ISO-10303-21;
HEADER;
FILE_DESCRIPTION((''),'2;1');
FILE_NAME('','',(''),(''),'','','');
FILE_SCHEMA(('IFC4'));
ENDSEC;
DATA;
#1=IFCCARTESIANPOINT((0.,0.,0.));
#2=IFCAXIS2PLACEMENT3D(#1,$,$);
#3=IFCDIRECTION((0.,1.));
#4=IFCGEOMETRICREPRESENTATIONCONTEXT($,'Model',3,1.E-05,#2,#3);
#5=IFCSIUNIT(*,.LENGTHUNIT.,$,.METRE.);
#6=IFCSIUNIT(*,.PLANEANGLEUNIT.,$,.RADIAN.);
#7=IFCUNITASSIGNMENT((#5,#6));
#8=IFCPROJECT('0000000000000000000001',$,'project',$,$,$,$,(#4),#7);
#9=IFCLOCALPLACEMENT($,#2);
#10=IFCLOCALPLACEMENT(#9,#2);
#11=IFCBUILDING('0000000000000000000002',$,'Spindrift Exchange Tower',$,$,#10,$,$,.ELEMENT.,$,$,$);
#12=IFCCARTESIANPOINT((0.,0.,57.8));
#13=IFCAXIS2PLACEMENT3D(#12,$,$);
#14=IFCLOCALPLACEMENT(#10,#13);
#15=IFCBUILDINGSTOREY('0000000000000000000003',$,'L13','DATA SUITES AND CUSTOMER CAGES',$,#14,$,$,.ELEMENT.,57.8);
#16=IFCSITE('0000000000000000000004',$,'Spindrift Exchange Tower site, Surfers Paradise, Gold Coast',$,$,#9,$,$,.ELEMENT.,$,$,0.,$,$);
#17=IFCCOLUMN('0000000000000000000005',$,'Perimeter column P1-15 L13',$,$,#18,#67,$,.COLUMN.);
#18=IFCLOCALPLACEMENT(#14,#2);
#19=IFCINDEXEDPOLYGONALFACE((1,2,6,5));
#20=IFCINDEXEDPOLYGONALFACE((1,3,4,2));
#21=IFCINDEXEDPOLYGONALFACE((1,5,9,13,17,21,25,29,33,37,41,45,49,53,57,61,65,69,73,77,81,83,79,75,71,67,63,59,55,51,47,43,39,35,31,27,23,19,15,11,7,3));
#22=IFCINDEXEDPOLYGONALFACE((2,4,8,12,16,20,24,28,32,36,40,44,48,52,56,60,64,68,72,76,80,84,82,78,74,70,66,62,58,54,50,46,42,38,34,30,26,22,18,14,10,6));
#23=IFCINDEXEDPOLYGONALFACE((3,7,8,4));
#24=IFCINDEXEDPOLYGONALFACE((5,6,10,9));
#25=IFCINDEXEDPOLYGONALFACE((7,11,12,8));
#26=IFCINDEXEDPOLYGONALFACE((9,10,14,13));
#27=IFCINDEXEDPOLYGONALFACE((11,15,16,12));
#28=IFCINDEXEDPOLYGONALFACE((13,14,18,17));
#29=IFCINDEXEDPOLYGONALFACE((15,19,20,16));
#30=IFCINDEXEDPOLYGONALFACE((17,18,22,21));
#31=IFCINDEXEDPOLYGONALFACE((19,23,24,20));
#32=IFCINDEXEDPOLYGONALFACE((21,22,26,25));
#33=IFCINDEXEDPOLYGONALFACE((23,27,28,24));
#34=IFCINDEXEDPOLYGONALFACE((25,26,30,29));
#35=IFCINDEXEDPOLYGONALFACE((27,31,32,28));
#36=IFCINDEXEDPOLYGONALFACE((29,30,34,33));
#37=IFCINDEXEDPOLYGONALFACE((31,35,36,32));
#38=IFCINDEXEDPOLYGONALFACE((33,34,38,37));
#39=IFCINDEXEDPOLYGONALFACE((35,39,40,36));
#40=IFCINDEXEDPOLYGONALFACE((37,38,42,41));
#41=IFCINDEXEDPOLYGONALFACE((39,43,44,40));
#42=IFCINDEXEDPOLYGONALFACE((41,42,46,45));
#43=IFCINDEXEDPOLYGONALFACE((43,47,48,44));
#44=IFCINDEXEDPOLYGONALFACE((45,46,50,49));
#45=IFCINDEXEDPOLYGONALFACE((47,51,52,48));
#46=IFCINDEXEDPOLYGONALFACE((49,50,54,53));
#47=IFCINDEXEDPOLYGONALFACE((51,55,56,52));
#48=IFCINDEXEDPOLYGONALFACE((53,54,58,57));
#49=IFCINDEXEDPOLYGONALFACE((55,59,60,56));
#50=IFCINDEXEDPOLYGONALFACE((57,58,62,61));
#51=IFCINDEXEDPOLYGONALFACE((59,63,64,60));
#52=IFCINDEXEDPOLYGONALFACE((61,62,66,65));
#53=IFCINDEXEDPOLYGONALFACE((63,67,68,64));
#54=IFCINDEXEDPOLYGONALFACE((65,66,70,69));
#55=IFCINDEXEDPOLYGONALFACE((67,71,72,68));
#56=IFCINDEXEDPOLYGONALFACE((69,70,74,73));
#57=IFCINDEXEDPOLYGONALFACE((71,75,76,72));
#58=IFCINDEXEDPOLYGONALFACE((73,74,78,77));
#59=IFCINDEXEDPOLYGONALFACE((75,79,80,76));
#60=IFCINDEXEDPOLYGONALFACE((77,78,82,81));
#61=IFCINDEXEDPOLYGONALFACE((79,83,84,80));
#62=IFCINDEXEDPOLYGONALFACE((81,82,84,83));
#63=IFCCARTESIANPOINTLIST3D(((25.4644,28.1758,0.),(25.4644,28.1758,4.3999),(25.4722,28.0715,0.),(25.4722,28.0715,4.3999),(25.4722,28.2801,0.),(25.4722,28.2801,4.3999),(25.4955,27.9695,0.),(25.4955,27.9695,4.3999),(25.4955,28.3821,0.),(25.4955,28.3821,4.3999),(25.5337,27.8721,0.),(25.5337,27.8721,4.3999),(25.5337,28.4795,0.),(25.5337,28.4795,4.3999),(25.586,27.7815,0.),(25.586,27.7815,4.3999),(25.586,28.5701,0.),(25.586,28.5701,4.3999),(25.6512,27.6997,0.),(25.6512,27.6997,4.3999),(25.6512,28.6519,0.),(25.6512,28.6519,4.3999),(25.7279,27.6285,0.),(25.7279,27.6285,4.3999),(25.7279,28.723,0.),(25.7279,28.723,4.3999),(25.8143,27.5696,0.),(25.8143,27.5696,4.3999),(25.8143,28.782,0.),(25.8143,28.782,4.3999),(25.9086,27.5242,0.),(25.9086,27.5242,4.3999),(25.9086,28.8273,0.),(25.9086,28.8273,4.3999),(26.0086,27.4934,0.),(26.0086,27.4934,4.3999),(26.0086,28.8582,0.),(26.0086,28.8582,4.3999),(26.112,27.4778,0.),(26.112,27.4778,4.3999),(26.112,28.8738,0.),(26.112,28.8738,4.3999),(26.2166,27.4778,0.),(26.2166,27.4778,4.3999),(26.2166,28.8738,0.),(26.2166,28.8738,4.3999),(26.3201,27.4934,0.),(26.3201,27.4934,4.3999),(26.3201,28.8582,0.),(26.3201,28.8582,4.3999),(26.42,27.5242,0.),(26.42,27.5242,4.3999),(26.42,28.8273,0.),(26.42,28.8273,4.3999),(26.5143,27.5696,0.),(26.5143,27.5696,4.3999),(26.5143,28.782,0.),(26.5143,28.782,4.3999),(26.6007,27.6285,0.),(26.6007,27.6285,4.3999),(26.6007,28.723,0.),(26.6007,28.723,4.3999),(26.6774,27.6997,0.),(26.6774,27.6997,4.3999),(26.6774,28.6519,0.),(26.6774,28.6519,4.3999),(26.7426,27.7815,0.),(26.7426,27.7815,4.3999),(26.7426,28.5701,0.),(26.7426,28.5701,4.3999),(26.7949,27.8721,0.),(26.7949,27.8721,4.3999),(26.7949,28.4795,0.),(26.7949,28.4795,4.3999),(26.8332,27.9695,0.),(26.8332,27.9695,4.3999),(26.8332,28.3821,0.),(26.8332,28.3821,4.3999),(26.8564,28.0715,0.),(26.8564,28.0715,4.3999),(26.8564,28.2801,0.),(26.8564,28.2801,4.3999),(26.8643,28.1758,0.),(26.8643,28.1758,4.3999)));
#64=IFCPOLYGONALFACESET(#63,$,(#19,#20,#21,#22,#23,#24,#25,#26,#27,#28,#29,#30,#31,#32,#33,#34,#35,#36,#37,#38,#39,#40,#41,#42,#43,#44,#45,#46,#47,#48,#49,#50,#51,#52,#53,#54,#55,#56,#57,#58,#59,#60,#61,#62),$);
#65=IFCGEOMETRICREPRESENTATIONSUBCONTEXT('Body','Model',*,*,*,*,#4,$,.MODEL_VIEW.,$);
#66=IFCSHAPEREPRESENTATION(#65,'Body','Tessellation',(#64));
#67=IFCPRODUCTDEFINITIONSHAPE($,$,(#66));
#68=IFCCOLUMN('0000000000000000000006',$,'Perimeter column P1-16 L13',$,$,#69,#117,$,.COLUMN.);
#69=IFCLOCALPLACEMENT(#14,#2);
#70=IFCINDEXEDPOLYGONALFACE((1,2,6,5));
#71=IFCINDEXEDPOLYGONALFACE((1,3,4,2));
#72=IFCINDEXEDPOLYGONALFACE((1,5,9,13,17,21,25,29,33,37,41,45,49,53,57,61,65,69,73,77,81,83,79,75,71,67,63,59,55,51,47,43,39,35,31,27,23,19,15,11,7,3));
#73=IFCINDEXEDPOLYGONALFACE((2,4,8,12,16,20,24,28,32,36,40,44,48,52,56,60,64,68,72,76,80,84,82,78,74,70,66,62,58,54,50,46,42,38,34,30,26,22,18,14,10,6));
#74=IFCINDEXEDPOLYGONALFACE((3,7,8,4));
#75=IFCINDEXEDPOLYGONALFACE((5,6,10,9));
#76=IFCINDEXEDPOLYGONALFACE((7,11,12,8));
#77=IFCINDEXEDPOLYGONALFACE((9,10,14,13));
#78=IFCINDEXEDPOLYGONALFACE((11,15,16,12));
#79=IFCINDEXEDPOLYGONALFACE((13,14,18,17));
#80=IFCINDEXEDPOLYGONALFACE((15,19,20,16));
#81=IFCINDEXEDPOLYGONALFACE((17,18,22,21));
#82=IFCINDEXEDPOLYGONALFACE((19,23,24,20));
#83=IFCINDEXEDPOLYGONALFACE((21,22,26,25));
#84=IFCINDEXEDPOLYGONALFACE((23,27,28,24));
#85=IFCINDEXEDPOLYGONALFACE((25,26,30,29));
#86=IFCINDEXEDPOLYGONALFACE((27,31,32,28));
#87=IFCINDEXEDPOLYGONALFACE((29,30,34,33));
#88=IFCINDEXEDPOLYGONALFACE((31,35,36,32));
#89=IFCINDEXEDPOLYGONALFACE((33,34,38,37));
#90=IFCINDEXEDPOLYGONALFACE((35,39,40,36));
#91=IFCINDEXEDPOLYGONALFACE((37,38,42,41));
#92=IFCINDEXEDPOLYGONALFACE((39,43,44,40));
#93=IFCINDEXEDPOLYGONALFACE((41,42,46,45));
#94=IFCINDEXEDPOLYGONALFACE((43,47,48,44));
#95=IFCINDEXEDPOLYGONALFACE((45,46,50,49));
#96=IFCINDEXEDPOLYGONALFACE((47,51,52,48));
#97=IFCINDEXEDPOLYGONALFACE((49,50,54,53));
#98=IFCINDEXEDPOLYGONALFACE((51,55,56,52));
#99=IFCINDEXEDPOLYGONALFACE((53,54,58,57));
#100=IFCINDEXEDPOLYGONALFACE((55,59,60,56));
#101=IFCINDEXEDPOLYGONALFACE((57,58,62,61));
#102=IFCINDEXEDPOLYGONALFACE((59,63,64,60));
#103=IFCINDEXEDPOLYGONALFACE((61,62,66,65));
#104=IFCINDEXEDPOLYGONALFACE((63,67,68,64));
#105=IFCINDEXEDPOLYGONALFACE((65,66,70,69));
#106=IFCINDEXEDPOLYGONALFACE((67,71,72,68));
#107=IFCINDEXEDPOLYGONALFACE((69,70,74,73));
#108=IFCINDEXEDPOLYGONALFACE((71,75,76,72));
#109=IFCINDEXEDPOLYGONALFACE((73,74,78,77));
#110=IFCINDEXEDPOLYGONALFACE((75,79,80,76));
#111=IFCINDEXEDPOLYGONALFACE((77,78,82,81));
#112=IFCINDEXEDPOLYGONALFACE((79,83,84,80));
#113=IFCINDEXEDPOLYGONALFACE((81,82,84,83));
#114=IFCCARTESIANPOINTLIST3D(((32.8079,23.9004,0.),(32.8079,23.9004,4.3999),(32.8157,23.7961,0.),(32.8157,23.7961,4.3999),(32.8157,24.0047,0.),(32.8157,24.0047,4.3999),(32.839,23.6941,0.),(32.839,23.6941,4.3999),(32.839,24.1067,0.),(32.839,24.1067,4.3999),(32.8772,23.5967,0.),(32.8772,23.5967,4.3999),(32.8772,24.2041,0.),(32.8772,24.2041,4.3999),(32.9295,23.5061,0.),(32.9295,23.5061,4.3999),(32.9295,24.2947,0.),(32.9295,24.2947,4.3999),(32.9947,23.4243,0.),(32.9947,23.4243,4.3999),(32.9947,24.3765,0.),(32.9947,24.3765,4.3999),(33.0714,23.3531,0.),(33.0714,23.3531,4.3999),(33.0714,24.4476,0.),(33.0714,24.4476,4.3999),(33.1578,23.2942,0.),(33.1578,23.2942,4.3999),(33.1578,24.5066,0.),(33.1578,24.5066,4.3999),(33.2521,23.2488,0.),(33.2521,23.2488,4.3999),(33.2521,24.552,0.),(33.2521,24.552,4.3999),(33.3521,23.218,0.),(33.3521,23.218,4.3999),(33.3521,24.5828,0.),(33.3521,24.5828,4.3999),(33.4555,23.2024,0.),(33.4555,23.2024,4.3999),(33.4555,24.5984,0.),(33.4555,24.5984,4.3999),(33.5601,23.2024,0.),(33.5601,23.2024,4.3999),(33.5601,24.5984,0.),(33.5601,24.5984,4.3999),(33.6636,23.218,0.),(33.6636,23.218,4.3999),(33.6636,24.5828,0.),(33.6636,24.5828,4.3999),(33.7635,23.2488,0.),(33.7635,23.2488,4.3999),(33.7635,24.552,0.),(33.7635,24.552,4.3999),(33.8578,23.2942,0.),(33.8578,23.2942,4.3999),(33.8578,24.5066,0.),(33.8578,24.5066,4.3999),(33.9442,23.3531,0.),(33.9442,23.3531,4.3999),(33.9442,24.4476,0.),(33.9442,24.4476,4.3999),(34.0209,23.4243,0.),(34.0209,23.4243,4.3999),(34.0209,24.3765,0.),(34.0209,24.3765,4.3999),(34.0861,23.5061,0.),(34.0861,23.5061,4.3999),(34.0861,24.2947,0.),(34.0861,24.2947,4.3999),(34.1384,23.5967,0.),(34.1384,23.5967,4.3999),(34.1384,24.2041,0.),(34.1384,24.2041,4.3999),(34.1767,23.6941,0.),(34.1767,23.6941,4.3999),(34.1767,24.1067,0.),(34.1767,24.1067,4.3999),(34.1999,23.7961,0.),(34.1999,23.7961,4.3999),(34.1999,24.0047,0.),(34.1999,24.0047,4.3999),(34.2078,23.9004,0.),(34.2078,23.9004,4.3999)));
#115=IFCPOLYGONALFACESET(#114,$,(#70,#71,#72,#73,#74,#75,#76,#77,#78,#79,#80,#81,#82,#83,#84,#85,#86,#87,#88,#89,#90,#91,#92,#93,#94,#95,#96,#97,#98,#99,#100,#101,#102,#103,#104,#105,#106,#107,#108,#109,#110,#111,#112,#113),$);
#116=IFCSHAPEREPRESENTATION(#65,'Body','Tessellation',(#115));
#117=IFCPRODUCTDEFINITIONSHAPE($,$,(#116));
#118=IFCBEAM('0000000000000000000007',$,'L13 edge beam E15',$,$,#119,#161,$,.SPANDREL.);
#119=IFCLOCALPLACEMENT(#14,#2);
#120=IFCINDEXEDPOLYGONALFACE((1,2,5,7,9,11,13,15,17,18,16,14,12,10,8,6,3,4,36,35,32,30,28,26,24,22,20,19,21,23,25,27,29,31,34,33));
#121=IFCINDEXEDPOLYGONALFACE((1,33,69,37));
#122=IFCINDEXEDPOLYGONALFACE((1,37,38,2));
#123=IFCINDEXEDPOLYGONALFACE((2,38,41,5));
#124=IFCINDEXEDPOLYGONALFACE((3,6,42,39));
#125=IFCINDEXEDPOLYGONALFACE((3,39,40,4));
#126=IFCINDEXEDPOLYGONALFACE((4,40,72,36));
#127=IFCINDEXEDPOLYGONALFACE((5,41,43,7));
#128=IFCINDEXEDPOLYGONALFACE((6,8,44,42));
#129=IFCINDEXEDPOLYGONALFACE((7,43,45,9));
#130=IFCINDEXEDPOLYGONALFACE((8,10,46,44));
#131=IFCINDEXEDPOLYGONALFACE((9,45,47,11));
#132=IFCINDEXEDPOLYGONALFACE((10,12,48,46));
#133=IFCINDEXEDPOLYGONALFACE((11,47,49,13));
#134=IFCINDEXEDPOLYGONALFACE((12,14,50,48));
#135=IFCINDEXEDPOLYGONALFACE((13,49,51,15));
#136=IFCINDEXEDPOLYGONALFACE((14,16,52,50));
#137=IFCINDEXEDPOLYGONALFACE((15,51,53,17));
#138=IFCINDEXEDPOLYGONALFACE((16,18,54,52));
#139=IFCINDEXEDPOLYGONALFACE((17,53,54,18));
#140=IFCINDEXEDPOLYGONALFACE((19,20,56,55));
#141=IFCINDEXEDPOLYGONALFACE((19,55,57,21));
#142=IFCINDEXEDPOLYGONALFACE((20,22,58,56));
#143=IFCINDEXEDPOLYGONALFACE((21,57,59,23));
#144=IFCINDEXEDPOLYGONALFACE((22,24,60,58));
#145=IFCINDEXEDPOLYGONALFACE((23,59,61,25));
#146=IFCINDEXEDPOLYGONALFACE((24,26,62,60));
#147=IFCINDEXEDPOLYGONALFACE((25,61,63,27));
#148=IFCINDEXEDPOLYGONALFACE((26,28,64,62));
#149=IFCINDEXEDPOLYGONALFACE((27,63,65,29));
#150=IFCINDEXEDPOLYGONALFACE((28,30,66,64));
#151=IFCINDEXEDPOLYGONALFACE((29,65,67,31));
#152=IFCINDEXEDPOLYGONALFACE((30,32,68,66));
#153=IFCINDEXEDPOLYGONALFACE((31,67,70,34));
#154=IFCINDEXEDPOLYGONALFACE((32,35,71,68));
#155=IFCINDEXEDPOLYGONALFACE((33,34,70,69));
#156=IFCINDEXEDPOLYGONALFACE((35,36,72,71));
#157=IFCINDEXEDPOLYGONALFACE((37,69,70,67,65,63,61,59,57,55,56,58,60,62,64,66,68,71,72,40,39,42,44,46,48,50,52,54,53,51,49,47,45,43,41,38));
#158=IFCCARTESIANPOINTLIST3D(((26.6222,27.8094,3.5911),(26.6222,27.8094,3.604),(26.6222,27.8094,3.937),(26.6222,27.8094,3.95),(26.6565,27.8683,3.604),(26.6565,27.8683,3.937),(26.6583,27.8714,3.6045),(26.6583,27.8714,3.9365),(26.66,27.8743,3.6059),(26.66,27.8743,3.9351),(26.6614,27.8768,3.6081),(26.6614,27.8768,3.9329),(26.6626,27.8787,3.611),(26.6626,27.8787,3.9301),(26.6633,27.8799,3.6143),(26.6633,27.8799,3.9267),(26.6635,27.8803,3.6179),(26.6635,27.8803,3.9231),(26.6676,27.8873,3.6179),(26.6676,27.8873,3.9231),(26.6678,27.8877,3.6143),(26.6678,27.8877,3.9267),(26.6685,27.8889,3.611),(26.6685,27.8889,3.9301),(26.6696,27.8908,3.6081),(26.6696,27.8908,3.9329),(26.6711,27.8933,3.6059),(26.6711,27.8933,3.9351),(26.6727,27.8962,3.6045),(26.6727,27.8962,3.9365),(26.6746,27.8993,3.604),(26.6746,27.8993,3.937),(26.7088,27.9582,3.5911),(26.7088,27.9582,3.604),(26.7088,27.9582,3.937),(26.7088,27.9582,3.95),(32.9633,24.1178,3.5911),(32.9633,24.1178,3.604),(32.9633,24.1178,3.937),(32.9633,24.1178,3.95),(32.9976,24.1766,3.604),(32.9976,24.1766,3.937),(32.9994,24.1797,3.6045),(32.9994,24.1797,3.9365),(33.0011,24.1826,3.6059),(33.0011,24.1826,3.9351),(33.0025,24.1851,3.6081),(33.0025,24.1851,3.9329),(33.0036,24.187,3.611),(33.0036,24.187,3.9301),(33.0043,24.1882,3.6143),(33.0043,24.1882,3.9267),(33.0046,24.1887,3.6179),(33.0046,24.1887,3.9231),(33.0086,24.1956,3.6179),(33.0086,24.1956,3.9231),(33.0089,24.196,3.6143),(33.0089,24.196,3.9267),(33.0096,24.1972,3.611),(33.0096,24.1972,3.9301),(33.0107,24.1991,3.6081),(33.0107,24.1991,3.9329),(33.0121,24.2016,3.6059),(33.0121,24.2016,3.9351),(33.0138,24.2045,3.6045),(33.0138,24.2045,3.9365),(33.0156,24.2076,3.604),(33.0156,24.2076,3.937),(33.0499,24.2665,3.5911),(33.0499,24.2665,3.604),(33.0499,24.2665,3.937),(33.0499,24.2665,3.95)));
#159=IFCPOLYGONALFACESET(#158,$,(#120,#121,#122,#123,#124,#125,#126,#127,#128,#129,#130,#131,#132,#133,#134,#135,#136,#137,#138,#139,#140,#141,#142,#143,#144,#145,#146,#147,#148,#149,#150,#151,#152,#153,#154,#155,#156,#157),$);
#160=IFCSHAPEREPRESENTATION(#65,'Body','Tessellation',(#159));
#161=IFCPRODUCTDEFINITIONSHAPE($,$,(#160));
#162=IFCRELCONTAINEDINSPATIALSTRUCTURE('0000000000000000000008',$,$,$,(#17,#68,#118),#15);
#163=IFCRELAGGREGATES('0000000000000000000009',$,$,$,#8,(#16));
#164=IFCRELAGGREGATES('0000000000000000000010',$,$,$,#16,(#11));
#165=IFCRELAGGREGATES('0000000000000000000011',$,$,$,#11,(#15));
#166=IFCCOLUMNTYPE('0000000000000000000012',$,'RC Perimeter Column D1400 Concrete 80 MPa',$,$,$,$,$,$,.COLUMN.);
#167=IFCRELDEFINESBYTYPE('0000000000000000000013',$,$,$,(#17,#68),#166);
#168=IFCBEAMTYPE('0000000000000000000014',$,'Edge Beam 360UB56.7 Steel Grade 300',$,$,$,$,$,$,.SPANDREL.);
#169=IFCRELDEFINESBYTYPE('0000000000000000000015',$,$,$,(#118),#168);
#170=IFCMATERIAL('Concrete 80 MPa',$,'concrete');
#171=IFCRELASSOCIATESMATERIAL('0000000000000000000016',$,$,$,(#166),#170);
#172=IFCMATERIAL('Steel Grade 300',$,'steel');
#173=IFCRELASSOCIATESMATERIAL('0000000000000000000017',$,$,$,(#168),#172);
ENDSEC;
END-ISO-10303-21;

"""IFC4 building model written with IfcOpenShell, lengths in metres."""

from ifc_helpers import new_model, si_unit, direction, frame, origin, origin_2d, place, context, subcontext, project, spatial, circle, i_section, extrude, source, transform, mapped, material, material_profile, profile_set, type_object, element, save


model = new_model("IFC4")

# Units and contexts
model_context = context("Model", 3, precision=1e-05, world=origin(), true_north=direction((0.0, 1.0)))
body_context = subcontext(model_context, "Body", "Model", "MODEL_VIEW")
ifc_project = project(units=[si_unit("LENGTHUNIT", "METRE"), si_unit("PLANEANGLEUNIT", "RADIAN")], contexts=[model_context])

# Site, building, storey
site_placement = place(None, origin())
site = spatial("IfcSite", under=ifc_project, at=site_placement, Name="Spindrift Exchange Tower site, Surfers Paradise, Gold Coast", CompositionType="ELEMENT", RefElevation=0.0)
building_placement = place(site_placement, origin())
building = spatial("IfcBuilding", under=site, at=building_placement, Name="Spindrift Exchange Tower", CompositionType="ELEMENT")
storey_placement = place(building_placement, frame((0.0, 0.0, 57.8)))
storey = spatial("IfcBuildingStorey", under=building, at=storey_placement, Name="L13", Description="DATA SUITES AND CUSTOMER CAGES", CompositionType="ELEMENT", Elevation=57.8)

# Columns
ifc_material_1 = material(Name="Concrete 80 MPa", Category="concrete")
ifc_material_profile_1 = material_profile(ifc_material_1, circle(Radius=0.7, at=origin_2d()), Name="RC D1400")
ifc_profile_set_1 = profile_set([ifc_material_profile_1], Name="Concrete 80 MPa")
column_type = type_object("IfcColumnType", Name="RC Perimeter Column D1400 Concrete 80 MPa", PredefinedType="COLUMN", material=ifc_profile_set_1)
shared_shape_1 = source(origin(), body_context, "Body", "SweptSolid", [
    extrude(circle(Radius=0.7, at=origin_2d()), origin(), (0.0, 0.0, 1.0), 4.3999),
])
for number, where, z_axis, x_axis, name in (
    (1, (26.1643, 28.1758, 0.0), (0.0, 0.0, 1.0), (1.0, 0.0, 0.0), "Perimeter column P1-15 L13"),
    (2, (33.5078, 23.9004, 0.0), (0.0, 0.0, 1.0), (1.0, 0.0, 0.0), "Perimeter column P1-16 L13"),
):
    element("IfcColumn", number, at=place(storey_placement, frame(where, z_axis=z_axis, x_axis=x_axis)), inside=storey, type_object=column_type, Name=name, PredefinedType="COLUMN", context=body_context, shape_type="MappedRepresentation", body=[
        mapped(shared_shape_1, transform((0.0, 0.0, 0.0), scale=1.0)),
    ])

# Beam
ifc_material_2 = material(Name="Steel Grade 300", Category="steel")
ifc_material_profile_2 = material_profile(ifc_material_2, i_section(OverallWidth=0.1721, OverallDepth=0.3589, WebThickness=0.0081, FlangeThickness=0.0129, FilletRadius=0.0139, at=origin_2d()), Name="360UB56.7")
ifc_profile_set_2 = profile_set([ifc_material_profile_2], Name="Steel Grade 300")
beam_type_1 = type_object("IfcBeamType", Name="Edge Beam 360UB56.7 Steel Grade 300", PredefinedType="SPANDREL", material=ifc_profile_set_2)
shared_shape_2 = source(origin(), body_context, "Body", "SweptSolid", [
    extrude(i_section(OverallWidth=0.1721, OverallDepth=0.3589, WebThickness=0.0081, FlangeThickness=0.0129, FilletRadius=0.0139, at=origin_2d()), origin(), (0.0, 0.0, 1.0), 7.3374),
])
beam_1_placement = place(storey_placement, frame((26.6655, 27.8838, 3.7705), z_axis=(0.864212, -0.503128, 0.0), x_axis=(0.503128, 0.864212, 0.0)))
element("IfcBeam", 3, at=beam_1_placement, inside=storey, type_object=beam_type_1, Name="L13 edge beam E15", PredefinedType="SPANDREL", context=body_context, shape_type="MappedRepresentation", body=[
    mapped(shared_shape_2, transform((0.0, 0.0, 0.0), scale=1.0)),
])

save(model, "model.ifc")
